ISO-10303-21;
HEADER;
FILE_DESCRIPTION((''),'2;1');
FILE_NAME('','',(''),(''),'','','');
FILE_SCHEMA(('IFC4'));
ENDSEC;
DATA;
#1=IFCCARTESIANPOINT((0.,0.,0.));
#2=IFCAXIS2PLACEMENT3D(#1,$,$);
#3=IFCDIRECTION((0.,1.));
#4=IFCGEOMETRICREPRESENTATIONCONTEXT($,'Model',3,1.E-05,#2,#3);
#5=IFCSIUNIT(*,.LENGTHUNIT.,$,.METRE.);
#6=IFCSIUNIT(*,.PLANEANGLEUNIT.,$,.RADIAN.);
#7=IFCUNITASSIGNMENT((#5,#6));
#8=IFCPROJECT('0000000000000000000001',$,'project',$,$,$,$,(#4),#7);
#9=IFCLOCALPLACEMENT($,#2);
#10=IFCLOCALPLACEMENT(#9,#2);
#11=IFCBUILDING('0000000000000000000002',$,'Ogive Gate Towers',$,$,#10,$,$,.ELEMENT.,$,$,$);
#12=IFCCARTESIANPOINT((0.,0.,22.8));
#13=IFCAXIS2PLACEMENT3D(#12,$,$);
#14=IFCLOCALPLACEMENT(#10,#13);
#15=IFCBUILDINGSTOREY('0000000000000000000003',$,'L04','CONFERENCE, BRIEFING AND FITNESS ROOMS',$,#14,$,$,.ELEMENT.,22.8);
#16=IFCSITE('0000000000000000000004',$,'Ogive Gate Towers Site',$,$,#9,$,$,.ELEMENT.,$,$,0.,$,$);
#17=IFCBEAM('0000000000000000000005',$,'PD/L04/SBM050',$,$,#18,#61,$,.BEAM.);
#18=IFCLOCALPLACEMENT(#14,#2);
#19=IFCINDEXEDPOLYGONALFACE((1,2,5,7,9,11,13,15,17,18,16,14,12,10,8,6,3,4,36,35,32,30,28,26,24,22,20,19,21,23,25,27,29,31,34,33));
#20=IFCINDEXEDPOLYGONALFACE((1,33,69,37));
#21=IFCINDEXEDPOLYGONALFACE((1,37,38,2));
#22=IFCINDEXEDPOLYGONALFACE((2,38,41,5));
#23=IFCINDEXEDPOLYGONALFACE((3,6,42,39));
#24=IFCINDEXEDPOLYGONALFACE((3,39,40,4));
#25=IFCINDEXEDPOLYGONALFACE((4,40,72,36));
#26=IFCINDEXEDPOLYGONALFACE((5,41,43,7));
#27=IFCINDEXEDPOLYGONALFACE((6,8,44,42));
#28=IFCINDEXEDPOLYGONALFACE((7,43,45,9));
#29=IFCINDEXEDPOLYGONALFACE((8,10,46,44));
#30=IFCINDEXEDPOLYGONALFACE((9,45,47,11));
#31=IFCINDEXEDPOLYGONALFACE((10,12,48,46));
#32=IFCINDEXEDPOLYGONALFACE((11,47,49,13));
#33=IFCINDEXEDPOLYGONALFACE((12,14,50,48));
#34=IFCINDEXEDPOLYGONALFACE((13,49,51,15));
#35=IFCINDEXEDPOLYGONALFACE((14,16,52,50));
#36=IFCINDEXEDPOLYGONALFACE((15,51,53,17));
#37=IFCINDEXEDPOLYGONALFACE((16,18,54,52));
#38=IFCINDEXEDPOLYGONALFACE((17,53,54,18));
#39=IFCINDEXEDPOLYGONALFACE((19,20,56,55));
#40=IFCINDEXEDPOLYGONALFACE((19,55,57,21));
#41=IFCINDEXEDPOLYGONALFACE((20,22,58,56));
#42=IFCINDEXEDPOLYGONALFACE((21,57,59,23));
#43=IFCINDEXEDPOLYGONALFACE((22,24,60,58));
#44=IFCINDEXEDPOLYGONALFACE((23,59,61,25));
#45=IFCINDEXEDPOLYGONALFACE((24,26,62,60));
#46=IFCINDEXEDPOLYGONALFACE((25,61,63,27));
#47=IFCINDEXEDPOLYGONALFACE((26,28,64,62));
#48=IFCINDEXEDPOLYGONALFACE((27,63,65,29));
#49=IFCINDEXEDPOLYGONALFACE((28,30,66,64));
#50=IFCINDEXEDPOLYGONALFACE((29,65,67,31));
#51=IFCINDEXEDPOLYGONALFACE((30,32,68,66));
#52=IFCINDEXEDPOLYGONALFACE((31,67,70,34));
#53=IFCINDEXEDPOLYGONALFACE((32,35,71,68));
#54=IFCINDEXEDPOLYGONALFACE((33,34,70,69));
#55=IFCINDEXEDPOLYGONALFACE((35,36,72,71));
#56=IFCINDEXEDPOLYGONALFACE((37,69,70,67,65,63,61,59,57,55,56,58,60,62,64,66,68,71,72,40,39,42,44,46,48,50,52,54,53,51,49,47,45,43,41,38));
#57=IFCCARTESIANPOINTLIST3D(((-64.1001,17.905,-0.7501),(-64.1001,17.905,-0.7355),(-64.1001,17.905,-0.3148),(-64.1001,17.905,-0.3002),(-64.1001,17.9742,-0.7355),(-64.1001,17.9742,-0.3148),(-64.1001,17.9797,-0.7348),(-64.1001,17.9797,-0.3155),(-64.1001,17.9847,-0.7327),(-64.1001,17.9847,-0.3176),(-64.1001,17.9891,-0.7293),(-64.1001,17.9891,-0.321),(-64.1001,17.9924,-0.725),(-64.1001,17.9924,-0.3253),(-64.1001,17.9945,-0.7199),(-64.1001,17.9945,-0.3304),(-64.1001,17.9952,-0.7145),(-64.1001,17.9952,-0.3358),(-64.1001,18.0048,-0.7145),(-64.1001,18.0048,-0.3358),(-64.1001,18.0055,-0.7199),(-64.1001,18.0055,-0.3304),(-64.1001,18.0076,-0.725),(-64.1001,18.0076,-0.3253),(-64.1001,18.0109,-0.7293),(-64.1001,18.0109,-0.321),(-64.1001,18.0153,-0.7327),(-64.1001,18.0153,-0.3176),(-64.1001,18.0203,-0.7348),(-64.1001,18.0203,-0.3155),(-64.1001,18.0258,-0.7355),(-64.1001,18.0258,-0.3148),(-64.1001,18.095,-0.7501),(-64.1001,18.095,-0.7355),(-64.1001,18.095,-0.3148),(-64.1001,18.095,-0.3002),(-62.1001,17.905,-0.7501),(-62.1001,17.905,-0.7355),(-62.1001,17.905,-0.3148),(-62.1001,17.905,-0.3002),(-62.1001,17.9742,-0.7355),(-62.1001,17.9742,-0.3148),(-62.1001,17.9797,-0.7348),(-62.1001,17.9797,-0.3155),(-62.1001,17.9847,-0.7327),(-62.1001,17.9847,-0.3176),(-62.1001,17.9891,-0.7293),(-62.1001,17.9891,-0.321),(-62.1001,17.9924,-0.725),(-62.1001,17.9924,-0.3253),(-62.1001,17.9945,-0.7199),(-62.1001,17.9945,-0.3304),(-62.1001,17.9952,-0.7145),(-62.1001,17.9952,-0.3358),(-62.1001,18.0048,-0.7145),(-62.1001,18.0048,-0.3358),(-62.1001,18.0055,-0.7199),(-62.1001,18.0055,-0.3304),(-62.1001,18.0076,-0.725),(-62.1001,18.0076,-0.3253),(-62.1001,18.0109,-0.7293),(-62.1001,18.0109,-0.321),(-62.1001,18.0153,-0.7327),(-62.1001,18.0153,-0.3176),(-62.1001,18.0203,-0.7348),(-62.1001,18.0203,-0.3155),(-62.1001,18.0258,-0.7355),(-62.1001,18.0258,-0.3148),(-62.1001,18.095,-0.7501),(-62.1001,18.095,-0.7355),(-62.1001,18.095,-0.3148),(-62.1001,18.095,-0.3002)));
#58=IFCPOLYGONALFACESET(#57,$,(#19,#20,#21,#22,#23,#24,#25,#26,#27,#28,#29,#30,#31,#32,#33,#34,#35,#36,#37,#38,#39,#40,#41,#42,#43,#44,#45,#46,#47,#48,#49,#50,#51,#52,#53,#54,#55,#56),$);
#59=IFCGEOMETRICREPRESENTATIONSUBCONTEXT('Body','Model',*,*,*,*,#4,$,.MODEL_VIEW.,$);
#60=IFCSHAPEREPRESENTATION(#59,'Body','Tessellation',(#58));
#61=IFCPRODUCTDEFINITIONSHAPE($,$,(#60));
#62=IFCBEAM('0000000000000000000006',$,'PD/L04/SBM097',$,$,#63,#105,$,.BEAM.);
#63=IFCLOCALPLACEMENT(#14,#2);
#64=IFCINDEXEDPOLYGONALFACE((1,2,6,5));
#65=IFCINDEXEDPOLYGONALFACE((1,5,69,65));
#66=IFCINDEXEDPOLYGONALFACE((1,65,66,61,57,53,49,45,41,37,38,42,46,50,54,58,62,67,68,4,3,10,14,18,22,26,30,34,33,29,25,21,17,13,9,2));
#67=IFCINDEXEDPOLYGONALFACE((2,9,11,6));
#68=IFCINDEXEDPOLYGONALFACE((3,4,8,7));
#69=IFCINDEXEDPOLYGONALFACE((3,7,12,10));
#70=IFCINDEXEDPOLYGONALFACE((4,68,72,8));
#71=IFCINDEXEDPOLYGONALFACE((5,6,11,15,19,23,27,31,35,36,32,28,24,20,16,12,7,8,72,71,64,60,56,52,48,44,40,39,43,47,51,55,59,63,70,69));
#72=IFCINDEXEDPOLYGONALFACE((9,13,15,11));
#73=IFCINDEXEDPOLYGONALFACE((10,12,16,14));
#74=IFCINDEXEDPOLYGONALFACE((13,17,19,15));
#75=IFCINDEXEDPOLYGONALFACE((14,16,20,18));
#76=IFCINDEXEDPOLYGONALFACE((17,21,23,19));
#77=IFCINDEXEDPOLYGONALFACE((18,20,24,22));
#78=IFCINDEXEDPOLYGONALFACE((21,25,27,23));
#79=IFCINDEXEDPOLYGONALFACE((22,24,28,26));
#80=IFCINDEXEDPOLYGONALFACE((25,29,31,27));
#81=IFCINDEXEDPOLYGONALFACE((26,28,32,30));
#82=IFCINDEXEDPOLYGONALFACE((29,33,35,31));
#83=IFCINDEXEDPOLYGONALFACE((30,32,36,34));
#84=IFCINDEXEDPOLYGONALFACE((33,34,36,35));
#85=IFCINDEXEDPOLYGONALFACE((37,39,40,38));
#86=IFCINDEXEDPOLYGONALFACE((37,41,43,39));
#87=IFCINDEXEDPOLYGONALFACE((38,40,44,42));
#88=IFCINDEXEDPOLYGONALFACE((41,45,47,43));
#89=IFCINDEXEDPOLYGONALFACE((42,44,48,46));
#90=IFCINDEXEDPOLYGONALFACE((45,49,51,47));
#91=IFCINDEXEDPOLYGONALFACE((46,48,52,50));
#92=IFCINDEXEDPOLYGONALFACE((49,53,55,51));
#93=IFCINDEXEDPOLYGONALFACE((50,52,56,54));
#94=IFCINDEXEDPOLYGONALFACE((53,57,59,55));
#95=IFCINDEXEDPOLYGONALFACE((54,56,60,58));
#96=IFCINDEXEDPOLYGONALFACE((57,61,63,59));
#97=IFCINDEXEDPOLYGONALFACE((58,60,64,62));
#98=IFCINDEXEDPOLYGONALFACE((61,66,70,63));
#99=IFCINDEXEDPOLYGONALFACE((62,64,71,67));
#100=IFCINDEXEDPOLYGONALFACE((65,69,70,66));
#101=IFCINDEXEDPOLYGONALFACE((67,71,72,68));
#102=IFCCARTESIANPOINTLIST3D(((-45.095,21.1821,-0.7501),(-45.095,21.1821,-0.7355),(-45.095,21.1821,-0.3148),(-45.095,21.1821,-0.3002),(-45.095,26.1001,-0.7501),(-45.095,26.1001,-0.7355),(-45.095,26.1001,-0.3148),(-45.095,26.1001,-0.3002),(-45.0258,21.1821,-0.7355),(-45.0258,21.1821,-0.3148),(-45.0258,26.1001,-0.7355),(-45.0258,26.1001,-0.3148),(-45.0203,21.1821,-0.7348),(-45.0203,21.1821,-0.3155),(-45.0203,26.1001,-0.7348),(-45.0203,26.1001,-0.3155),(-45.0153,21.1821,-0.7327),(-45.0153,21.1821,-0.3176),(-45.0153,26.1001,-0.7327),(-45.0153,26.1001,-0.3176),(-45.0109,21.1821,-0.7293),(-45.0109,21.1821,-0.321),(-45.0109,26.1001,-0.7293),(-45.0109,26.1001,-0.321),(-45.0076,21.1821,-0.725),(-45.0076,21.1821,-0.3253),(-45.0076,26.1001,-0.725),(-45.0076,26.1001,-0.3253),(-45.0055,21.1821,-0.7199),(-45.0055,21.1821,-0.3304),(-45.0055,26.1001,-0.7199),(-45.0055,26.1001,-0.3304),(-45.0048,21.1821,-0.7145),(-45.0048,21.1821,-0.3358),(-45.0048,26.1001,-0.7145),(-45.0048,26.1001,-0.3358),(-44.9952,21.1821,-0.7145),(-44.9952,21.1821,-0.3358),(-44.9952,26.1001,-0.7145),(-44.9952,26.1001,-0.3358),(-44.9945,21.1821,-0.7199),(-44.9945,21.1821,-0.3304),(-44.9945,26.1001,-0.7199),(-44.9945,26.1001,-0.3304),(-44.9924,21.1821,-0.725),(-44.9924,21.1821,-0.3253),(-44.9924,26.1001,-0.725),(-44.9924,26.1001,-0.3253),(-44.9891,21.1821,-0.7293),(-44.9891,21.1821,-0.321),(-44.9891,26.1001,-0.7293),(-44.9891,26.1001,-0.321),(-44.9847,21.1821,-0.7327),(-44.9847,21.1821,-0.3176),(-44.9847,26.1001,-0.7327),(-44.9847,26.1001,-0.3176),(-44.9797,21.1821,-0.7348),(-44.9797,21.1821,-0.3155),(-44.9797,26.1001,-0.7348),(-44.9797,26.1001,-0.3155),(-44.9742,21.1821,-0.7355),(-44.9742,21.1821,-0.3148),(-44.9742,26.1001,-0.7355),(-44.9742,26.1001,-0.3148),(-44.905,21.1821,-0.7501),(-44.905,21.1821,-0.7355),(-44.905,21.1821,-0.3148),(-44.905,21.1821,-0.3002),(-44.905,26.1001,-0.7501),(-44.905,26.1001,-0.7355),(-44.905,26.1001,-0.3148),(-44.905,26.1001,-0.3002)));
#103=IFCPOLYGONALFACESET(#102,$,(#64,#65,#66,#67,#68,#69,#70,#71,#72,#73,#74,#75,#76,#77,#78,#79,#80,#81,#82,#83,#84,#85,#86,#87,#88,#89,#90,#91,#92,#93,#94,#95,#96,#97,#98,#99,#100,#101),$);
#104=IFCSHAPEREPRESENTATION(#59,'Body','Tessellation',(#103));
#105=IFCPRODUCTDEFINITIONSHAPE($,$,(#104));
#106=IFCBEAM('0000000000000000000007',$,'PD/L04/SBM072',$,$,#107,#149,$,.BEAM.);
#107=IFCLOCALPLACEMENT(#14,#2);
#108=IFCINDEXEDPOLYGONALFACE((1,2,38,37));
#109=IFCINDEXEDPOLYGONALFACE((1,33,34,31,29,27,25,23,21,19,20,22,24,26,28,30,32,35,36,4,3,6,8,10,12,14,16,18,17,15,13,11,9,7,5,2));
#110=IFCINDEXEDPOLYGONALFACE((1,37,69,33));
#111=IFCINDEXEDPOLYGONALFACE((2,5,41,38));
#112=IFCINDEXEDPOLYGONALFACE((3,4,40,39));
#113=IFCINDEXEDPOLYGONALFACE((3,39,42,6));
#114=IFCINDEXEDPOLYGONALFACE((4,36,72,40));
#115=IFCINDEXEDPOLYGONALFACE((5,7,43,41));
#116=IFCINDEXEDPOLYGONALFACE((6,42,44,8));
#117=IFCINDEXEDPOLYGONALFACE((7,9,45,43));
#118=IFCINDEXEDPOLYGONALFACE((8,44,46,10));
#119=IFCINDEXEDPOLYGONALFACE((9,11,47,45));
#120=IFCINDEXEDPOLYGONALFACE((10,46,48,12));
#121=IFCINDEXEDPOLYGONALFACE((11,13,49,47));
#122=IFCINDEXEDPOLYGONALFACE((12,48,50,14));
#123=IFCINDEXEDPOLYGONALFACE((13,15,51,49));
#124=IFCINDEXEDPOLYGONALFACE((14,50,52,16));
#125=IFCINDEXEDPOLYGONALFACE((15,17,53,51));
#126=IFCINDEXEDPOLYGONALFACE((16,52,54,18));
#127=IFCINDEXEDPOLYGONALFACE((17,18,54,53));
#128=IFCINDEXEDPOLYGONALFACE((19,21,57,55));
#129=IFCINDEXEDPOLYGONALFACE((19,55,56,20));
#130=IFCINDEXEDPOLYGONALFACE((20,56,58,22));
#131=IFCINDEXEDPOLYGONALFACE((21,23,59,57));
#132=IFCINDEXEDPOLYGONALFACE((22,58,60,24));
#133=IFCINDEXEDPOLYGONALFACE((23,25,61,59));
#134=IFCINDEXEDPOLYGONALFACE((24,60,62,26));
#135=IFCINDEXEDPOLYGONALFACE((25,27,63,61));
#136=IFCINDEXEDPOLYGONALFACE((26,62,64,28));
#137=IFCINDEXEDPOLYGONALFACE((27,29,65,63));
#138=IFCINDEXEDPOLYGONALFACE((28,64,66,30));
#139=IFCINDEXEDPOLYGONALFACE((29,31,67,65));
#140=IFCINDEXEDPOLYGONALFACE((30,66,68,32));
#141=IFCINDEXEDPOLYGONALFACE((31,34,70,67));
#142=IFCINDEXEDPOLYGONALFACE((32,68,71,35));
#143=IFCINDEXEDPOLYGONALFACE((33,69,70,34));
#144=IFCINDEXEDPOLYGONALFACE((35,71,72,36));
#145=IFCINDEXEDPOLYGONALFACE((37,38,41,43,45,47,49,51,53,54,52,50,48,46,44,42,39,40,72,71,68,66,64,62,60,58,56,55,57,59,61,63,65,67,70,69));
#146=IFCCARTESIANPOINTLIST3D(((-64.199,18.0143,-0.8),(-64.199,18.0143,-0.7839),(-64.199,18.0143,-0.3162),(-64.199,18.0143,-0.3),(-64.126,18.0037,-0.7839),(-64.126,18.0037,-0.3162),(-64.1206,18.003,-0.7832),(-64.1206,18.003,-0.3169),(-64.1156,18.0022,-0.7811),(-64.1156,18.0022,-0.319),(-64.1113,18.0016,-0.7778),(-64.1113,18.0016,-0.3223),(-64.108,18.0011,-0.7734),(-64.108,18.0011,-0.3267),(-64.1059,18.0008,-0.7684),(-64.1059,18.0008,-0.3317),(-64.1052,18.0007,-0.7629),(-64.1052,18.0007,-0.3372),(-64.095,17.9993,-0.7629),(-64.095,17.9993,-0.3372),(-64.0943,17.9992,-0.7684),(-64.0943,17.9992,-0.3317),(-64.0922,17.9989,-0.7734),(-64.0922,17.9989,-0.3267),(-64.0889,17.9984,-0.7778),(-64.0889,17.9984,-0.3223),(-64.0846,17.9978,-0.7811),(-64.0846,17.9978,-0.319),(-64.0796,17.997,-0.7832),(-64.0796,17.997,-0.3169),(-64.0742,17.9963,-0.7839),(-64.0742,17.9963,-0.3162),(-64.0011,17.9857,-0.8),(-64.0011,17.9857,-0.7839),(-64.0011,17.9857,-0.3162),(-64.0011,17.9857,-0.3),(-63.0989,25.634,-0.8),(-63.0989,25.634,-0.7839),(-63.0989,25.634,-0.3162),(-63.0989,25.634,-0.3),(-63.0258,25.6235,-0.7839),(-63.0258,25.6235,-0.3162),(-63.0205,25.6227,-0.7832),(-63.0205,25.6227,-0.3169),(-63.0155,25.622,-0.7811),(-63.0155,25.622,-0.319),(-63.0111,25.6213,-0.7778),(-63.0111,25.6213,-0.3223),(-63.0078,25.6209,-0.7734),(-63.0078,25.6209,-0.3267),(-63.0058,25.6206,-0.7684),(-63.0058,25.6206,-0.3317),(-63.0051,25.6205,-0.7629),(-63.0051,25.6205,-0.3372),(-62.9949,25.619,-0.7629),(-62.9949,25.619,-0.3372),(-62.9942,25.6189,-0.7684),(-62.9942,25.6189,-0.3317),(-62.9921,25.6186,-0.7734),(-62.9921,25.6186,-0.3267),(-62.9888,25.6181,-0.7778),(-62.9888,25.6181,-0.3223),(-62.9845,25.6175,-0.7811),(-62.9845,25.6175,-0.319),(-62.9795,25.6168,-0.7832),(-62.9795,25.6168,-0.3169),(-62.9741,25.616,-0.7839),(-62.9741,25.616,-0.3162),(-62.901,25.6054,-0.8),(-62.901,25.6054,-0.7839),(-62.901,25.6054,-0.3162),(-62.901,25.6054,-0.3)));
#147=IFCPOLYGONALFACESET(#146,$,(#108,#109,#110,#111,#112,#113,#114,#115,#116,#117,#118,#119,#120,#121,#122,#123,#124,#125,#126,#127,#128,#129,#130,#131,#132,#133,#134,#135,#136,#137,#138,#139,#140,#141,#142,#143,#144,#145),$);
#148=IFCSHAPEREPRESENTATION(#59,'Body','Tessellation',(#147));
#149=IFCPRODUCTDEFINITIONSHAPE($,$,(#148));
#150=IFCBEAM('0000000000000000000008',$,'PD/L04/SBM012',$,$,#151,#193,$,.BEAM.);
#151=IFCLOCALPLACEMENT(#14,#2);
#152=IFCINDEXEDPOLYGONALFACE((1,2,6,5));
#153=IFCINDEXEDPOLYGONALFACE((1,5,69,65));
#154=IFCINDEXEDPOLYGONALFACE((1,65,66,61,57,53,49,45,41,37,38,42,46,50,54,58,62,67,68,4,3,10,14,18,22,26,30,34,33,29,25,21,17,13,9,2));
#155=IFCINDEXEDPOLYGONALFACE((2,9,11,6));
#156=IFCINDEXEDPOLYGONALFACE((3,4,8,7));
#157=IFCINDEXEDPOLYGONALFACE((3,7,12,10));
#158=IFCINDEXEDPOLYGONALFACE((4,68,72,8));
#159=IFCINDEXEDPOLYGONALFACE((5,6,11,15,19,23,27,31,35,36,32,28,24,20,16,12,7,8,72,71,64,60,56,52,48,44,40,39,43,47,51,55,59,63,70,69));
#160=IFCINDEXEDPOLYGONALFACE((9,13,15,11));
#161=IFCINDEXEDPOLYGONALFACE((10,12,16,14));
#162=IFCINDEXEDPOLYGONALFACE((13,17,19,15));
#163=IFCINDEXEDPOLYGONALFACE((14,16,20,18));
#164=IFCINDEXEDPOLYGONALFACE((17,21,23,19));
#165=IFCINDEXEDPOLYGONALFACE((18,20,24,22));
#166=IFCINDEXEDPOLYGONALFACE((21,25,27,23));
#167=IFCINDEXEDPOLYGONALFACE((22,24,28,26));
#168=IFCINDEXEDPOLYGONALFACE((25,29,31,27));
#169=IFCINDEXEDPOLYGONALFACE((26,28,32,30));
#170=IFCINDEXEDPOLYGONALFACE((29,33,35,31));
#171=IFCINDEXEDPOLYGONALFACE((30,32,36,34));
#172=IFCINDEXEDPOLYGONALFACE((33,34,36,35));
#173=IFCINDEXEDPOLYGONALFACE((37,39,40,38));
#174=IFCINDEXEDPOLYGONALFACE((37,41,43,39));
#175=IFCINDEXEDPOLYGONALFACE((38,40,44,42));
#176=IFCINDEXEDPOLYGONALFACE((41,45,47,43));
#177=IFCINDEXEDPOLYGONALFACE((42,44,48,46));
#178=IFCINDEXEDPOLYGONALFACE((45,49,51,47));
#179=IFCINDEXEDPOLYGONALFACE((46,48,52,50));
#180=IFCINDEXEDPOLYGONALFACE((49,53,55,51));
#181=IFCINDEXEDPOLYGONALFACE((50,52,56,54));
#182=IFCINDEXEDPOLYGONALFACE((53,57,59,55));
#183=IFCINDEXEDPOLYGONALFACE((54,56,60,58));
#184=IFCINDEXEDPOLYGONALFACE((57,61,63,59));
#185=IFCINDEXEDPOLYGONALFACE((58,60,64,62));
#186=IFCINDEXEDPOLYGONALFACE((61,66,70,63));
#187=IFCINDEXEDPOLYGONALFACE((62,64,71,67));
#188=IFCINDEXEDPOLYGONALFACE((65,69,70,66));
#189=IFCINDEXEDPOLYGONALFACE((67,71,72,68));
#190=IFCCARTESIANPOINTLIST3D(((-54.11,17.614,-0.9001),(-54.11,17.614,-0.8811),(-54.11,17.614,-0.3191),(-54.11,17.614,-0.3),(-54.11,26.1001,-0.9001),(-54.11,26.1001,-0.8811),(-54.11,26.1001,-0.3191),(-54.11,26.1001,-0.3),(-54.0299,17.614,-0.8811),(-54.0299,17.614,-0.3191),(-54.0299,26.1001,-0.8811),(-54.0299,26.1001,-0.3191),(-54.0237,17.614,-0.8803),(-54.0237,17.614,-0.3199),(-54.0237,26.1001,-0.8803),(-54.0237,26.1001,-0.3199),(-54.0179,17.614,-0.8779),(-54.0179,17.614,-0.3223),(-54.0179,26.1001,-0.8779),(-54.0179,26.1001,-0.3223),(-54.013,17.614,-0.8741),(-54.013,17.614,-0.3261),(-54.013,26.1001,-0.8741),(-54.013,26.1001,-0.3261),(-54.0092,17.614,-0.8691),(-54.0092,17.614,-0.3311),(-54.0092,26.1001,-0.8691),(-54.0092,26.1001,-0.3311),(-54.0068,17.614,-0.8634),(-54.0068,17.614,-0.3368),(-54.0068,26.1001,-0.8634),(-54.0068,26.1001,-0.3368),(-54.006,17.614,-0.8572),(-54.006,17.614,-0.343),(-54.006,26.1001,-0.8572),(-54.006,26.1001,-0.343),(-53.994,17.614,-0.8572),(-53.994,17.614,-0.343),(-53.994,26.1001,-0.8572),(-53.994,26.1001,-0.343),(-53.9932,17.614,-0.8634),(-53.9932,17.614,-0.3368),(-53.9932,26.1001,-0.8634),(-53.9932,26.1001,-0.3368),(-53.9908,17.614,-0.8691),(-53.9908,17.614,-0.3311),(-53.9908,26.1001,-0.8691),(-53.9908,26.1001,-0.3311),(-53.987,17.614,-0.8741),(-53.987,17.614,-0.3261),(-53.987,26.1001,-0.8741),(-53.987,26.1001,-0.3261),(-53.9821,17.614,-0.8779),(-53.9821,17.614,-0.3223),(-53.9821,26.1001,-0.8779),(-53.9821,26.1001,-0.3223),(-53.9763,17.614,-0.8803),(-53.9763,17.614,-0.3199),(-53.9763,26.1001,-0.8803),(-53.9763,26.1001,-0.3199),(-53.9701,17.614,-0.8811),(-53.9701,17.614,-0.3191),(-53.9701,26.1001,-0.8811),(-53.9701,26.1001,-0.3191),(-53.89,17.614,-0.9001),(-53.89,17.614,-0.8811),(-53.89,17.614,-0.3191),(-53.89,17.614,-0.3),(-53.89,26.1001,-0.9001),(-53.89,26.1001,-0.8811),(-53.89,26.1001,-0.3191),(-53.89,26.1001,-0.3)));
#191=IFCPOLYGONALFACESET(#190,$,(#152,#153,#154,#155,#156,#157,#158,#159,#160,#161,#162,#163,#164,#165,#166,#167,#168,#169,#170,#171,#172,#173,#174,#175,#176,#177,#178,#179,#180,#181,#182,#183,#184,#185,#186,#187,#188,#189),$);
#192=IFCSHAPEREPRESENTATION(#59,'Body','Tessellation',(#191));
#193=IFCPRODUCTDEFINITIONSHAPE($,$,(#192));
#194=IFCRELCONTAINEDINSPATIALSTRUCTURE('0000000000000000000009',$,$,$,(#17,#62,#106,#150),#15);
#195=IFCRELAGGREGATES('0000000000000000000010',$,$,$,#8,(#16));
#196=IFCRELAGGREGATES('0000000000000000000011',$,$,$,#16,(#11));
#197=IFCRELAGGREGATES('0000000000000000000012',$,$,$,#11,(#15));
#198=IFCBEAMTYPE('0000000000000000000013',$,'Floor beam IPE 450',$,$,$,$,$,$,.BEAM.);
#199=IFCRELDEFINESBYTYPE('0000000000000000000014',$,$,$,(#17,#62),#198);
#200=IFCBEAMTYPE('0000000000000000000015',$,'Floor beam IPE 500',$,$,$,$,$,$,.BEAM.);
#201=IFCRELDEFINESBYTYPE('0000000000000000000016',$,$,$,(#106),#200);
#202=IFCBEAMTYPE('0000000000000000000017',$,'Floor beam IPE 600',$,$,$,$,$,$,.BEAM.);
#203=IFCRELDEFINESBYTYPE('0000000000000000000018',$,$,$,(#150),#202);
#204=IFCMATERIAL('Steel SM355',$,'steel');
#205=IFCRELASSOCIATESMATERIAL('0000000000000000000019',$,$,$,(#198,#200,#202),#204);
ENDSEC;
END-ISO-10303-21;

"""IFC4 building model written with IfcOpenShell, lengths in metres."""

from ifc_helpers import new_model, si_unit, direction, frame, origin, origin_2d, place, context, subcontext, project, spatial, i_section, extrude, material, material_profile, profile_set, type_object, element, save


model = new_model("IFC4")

# Units and contexts
model_context = context("Model", 3, precision=1e-05, world=origin(), true_north=direction((0.0, 1.0)))
body_context = subcontext(model_context, "Body", "Model", "MODEL_VIEW")
ifc_project = project(units=[si_unit("LENGTHUNIT", "METRE"), si_unit("PLANEANGLEUNIT", "RADIAN")], contexts=[model_context])

# Site, building, storey
site_placement = place(None, origin())
site = spatial("IfcSite", under=ifc_project, at=site_placement, Name="Ogive Gate Towers Site", CompositionType="ELEMENT", RefElevation=0.0)
building_placement = place(site_placement, origin())
building = spatial("IfcBuilding", under=site, at=building_placement, Name="Ogive Gate Towers", CompositionType="ELEMENT")
storey_placement = place(building_placement, frame((0.0, 0.0, 22.8)))
storey = spatial("IfcBuildingStorey", under=building, at=storey_placement, Name="L04", Description="CONFERENCE, BRIEFING AND FITNESS ROOMS", CompositionType="ELEMENT", Elevation=22.8)

# Beams
ifc_material_1 = material(Name="Steel SM355", Category="steel")
ifc_material_profile_1 = material_profile(ifc_material_1, i_section(OverallWidth=0.1899, OverallDepth=0.45, WebThickness=0.0095, FlangeThickness=0.0146, FilletRadius=0.021, at=origin_2d()), Name="IPE 450")
ifc_profile_set_1 = profile_set([ifc_material_profile_1], Name="Steel SM355")
beam_type_1 = type_object("IfcBeamType", Name="Floor beam IPE 450", PredefinedType="BEAM", material=ifc_profile_set_1)
beam_1_placement = place(storey_placement, frame((-64.1001, 18.0, -0.5251), z_axis=(1.0, 0.0, 0.0), x_axis=(0.0, 1.0, 0.0)))
element("IfcBeam", 1, at=beam_1_placement, inside=storey, type_object=beam_type_1, Name="PD/L04/SBM050", PredefinedType="BEAM", context=body_context, shape_type="SweptSolid", body=[
    extrude(i_section(OverallWidth=0.1899, OverallDepth=0.45, WebThickness=0.0095, FlangeThickness=0.0146, FilletRadius=0.021, at=origin_2d()), origin(), (0.0, 0.0, 1.0), 2.0),
])
beam_2_placement = place(storey_placement, frame((-45.0, 26.1001, -0.5251), z_axis=(0.0, -1.0, 0.0), x_axis=(1.0, 0.0, 0.0)))
element("IfcBeam", 2, at=beam_2_placement, inside=storey, type_object=beam_type_1, Name="PD/L04/SBM097", PredefinedType="BEAM", context=body_context, shape_type="SweptSolid", body=[
    extrude(i_section(OverallWidth=0.1899, OverallDepth=0.45, WebThickness=0.0095, FlangeThickness=0.0146, FilletRadius=0.021, at=origin_2d()), origin(), (0.0, 0.0, 1.0), 4.918),
])
ifc_material_profile_2 = material_profile(ifc_material_1, i_section(OverallWidth=0.2, OverallDepth=0.5, WebThickness=0.0103, FlangeThickness=0.0161, FilletRadius=0.021, at=origin_2d()), Name="IPE 500")
ifc_profile_set_2 = profile_set([ifc_material_profile_2], Name="Steel SM355")
beam_type_2 = type_object("IfcBeamType", Name="Floor beam IPE 500", PredefinedType="BEAM", material=ifc_profile_set_2)
beam_3_placement = place(storey_placement, frame((-64.1001, 18.0, -0.55), z_axis=(0.142895, 0.989738, 0.0), x_axis=(-0.989738, 0.142895, 0.0)))
element("IfcBeam", 3, at=beam_3_placement, inside=storey, type_object=beam_type_2, Name="PD/L04/SBM072", PredefinedType="BEAM", context=body_context, shape_type="SweptSolid", body=[
    extrude(i_section(OverallWidth=0.2, OverallDepth=0.5, WebThickness=0.0103, FlangeThickness=0.0161, FilletRadius=0.021, at=origin_2d()), origin(), (0.0, 0.0, 1.0), 7.6987),
])
ifc_material_profile_3 = material_profile(ifc_material_1, i_section(OverallWidth=0.22, OverallDepth=0.6001, WebThickness=0.012, FlangeThickness=0.019, FilletRadius=0.0239, at=origin_2d()), Name="IPE 600")
ifc_profile_set_3 = profile_set([ifc_material_profile_3], Name="Steel SM355")
beam_type_3 = type_object("IfcBeamType", Name="Floor beam IPE 600", PredefinedType="BEAM", material=ifc_profile_set_3)
for number, where, z_axis, x_axis, name in (
    (4, (-54.0, 17.614, -0.6001), (0.0, 1.0, 0.0), (-1.0, 0.0, 0.0), "PD/L04/SBM012"),
):
    element("IfcBeam", number, at=place(storey_placement, frame(where, z_axis=z_axis, x_axis=x_axis)), inside=storey, type_object=beam_type_3, Name=name, PredefinedType="BEAM", context=body_context, shape_type="SweptSolid", body=[
        extrude(i_section(OverallWidth=0.22, OverallDepth=0.6001, WebThickness=0.012, FlangeThickness=0.019, FilletRadius=0.0239, at=origin_2d()), origin(), (0.0, 0.0, 1.0), 8.4861),
    ])

save(model, "model.ifc")
